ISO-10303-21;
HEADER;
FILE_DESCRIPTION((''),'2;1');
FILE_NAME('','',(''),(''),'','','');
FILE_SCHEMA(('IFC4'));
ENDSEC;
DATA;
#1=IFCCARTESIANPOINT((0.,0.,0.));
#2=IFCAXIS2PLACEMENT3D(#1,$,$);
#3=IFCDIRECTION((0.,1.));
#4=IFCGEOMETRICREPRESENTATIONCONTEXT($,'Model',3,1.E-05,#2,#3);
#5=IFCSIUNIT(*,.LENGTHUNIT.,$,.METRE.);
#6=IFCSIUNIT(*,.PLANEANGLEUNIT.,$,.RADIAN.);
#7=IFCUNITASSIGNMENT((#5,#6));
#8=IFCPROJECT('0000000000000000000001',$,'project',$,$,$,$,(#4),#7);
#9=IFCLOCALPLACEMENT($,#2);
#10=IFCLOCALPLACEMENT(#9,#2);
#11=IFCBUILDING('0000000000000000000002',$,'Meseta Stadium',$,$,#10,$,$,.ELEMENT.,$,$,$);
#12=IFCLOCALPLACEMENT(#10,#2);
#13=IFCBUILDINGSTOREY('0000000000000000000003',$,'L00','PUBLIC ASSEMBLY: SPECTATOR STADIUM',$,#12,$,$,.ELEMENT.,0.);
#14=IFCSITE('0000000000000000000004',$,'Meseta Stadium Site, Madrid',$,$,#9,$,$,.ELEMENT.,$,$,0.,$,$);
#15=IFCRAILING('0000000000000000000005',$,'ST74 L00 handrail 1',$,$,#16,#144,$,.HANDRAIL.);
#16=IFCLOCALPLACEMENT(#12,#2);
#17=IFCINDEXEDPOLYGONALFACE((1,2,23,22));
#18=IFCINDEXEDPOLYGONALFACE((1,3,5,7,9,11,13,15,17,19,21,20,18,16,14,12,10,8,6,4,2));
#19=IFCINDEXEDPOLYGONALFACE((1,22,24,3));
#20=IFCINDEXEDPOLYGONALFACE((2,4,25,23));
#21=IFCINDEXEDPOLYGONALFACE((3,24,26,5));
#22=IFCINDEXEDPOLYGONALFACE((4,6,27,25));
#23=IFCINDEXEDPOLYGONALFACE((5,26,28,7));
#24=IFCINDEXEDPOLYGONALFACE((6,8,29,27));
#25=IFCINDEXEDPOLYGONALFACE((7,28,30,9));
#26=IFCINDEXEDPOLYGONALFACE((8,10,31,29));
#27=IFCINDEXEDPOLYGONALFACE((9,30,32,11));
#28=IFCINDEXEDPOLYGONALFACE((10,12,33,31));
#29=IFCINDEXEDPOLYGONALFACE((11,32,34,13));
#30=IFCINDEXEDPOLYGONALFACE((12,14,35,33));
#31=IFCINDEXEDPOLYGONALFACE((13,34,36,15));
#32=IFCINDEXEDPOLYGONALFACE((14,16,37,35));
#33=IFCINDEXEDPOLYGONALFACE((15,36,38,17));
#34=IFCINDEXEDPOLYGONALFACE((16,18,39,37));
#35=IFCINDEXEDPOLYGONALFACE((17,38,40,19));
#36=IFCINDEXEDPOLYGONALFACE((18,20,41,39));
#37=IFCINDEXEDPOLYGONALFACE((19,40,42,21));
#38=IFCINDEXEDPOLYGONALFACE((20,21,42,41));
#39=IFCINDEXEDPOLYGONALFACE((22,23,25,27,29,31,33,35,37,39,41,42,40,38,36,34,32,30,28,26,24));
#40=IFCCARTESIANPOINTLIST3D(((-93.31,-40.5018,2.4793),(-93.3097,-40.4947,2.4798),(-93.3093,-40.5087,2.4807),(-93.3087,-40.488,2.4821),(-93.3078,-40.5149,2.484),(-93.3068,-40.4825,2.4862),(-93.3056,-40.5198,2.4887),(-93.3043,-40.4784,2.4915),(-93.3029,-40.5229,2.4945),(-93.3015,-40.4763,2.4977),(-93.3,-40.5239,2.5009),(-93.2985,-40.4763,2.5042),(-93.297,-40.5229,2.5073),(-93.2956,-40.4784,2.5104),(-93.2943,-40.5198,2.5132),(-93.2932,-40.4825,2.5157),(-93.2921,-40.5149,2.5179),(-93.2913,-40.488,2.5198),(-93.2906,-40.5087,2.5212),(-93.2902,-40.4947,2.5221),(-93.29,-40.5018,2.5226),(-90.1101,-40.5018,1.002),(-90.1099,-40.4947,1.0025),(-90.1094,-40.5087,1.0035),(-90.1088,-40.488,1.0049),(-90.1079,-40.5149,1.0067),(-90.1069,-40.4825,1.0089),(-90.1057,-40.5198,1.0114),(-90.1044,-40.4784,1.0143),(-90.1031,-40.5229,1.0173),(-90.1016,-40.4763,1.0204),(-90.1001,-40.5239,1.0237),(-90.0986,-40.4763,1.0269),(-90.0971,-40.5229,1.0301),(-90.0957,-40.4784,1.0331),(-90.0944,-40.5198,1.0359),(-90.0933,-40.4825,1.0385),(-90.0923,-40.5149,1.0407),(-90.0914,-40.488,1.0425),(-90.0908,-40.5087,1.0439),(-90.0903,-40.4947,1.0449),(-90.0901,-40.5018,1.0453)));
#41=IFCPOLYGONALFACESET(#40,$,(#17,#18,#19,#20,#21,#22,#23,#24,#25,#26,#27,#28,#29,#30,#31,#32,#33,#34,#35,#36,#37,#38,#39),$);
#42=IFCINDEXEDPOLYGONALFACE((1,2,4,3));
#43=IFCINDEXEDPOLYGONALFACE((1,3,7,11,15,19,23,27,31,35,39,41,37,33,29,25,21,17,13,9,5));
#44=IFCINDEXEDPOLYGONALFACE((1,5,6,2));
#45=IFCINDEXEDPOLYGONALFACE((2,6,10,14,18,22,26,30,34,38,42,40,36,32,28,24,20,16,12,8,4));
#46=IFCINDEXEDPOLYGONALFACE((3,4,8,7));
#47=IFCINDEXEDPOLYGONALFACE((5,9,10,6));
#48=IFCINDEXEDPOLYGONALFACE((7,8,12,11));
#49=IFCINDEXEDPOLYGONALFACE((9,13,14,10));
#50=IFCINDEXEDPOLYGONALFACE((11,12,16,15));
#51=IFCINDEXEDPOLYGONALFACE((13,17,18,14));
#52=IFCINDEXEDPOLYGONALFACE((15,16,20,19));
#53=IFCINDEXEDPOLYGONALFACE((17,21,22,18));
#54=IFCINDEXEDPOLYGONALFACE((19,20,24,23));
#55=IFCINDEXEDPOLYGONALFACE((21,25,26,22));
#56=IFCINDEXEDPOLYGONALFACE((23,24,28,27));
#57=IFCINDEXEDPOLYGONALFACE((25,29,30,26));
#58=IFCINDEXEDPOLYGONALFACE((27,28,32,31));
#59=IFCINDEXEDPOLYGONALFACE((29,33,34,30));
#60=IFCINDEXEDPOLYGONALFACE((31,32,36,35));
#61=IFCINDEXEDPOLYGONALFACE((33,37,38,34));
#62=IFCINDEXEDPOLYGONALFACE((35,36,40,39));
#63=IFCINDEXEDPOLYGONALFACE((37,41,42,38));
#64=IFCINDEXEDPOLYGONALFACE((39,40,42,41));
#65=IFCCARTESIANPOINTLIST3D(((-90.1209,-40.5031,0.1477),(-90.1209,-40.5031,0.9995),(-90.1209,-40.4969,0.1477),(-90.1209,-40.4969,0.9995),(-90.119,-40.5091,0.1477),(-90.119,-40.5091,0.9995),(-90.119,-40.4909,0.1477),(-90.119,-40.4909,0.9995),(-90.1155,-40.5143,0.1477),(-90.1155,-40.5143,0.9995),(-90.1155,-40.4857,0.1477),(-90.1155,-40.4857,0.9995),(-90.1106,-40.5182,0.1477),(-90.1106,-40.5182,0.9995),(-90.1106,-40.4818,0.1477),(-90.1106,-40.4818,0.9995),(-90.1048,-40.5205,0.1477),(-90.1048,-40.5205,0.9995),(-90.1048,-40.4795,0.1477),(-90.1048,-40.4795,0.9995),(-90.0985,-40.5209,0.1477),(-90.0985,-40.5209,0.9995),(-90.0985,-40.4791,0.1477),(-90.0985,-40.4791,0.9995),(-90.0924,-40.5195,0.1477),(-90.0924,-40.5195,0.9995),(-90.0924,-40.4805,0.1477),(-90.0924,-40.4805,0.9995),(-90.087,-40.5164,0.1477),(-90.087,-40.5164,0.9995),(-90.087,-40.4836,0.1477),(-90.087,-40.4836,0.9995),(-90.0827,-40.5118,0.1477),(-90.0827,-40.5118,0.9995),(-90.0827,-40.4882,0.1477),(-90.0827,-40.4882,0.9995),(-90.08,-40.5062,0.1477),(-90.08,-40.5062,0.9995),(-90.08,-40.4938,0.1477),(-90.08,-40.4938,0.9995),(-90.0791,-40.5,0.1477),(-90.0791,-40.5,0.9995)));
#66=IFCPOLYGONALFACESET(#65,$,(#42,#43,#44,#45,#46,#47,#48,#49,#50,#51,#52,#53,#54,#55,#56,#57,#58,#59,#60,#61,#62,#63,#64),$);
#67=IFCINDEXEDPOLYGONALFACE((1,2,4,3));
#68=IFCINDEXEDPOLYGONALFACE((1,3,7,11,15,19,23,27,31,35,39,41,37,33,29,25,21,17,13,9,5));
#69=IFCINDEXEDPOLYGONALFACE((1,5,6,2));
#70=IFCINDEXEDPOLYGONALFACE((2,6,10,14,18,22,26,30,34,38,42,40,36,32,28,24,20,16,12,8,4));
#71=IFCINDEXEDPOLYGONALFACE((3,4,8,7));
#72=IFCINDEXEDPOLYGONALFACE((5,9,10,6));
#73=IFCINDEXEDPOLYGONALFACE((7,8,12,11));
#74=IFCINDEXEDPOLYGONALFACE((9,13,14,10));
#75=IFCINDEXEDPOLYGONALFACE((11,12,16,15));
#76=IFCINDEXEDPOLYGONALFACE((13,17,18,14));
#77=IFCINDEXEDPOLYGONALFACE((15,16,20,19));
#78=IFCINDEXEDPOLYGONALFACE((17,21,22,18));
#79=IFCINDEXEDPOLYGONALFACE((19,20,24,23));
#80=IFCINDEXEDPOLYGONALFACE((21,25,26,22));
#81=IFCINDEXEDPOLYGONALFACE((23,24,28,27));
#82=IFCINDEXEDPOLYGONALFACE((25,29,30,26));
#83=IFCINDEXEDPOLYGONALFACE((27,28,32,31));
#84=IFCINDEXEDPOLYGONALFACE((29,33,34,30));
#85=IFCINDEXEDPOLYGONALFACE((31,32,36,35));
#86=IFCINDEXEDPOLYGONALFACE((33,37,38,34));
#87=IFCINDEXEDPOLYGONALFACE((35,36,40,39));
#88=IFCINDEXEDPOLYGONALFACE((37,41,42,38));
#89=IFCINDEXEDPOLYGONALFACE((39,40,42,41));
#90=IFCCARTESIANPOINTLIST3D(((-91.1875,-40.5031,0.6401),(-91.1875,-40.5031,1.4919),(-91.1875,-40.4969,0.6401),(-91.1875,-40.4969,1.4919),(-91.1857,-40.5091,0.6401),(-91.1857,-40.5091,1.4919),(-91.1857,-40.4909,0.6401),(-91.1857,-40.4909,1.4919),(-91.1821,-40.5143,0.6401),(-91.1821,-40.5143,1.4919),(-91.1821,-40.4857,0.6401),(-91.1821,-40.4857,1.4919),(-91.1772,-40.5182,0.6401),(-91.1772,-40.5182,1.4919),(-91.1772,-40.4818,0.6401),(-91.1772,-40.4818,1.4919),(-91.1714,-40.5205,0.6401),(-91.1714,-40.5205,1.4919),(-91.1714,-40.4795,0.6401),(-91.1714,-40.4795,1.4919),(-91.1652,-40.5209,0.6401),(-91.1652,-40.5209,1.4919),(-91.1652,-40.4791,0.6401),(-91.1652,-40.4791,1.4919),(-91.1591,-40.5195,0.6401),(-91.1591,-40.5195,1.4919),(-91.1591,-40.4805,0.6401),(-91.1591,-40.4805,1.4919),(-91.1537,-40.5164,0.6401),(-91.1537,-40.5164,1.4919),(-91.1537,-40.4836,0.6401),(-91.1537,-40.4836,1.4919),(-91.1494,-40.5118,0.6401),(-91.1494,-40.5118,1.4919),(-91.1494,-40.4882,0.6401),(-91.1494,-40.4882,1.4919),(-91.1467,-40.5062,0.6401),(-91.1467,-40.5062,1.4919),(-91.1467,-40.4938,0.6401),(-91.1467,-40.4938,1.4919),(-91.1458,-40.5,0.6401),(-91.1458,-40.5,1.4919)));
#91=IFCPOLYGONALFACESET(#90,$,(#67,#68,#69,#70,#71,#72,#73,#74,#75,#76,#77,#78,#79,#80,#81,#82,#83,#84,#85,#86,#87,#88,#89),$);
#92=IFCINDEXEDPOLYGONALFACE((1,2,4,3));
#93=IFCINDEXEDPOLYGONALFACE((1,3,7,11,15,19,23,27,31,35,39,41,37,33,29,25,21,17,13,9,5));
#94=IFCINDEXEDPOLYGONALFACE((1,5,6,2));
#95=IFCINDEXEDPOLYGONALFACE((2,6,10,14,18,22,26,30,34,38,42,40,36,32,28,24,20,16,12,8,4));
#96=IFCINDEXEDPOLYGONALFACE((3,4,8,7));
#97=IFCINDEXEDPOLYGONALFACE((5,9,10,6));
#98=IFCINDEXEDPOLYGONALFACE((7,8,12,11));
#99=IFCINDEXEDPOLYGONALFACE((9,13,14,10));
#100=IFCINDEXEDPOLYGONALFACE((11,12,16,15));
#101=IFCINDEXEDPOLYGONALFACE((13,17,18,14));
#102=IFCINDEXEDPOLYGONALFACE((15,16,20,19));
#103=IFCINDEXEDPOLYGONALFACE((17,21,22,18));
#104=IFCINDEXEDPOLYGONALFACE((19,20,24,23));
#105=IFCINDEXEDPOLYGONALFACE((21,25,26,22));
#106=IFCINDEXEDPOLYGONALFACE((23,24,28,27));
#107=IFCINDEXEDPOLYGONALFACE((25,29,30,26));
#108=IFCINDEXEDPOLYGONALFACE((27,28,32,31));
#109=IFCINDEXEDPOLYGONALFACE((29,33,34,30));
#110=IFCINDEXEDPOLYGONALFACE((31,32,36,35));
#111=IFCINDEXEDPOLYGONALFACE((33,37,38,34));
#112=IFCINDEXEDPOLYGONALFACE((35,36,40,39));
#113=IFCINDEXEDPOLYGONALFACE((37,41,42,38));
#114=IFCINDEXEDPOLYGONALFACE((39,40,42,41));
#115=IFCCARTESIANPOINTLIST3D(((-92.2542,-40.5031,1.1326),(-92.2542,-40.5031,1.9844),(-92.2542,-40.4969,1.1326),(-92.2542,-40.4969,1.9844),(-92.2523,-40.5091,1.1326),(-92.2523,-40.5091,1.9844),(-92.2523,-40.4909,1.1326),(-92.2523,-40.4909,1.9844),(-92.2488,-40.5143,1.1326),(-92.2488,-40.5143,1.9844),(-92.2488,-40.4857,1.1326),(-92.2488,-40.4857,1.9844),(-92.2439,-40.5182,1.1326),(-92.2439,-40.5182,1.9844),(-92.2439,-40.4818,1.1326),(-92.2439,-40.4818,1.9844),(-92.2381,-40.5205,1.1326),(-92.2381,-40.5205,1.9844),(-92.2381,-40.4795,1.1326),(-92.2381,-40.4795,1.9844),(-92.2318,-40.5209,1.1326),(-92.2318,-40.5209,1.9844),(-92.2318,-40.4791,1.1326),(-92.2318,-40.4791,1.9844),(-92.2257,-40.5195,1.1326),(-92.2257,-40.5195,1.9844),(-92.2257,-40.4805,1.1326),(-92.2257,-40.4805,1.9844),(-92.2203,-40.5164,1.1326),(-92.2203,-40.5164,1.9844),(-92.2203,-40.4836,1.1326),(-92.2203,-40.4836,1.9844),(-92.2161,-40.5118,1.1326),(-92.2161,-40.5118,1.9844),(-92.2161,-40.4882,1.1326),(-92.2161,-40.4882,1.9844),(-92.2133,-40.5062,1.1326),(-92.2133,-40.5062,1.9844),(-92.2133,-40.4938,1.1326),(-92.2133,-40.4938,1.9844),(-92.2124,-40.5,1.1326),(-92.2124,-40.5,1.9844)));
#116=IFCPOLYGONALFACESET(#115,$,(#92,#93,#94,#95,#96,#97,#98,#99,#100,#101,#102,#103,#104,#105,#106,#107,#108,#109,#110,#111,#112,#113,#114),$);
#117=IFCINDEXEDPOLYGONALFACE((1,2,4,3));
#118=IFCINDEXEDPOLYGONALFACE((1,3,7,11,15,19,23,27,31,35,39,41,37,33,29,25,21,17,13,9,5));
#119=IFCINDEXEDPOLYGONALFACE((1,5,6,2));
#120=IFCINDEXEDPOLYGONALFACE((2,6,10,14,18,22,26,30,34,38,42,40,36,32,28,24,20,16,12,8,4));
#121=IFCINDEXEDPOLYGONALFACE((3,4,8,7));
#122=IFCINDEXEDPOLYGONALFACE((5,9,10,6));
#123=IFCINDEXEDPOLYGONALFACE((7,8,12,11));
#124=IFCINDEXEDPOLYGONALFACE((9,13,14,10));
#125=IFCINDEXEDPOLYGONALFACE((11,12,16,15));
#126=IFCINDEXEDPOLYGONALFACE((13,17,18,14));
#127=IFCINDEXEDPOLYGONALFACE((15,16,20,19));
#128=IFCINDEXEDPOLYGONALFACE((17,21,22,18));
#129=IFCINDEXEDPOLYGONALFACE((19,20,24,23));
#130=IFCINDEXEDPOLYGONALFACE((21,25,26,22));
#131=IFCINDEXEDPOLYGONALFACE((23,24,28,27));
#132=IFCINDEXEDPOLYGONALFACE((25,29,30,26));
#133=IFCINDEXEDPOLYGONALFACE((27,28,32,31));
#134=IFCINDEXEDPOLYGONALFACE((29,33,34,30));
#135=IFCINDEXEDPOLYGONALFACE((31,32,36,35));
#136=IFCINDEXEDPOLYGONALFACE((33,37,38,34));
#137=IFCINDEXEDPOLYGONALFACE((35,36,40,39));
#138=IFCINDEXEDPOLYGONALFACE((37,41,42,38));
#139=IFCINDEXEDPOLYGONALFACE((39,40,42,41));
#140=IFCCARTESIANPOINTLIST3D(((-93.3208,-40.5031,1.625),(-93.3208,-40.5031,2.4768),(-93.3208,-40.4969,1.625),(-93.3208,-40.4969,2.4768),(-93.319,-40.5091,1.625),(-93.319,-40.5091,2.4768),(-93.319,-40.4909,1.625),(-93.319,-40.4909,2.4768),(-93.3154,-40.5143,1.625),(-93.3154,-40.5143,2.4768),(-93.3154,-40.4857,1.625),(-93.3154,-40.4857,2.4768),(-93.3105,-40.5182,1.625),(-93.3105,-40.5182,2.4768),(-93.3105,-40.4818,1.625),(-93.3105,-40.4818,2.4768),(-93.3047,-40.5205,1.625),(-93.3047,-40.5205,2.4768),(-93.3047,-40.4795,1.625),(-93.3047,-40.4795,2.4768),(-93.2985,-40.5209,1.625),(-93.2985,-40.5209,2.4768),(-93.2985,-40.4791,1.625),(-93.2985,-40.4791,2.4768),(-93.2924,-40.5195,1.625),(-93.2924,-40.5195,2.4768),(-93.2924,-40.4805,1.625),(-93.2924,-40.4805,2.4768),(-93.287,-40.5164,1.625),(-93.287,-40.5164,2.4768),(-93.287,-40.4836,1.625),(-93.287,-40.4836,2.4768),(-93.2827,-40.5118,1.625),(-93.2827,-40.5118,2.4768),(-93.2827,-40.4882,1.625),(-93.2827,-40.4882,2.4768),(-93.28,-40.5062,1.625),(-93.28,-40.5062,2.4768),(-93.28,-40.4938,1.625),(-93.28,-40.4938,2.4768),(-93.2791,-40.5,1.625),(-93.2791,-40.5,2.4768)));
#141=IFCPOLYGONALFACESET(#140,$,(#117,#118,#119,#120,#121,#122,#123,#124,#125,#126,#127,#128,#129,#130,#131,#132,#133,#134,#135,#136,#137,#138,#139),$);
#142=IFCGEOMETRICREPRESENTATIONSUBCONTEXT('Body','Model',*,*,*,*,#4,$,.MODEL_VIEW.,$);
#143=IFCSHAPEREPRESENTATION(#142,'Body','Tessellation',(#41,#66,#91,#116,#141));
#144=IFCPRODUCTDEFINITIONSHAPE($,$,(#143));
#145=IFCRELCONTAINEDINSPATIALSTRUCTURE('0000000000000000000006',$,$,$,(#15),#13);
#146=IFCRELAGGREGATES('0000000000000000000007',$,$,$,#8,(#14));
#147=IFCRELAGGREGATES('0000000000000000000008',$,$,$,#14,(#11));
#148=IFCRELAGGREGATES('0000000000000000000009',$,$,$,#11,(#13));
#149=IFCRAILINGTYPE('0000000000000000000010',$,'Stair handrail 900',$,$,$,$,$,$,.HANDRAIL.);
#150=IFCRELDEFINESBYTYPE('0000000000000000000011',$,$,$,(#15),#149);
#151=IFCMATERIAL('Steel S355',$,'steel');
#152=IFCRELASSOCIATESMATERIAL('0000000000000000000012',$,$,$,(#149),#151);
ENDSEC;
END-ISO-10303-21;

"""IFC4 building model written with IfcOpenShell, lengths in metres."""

from ifc_helpers import new_model, si_unit, direction, frame, origin, origin_2d, place, context, subcontext, project, spatial, circle, extrude, material, type_object, element, save


model = new_model("IFC4")

# Units and contexts
model_context = context("Model", 3, precision=1e-05, world=origin(), true_north=direction((0.0, 1.0)))
body_context = subcontext(model_context, "Body", "Model", "MODEL_VIEW")
ifc_project = project(units=[si_unit("LENGTHUNIT", "METRE"), si_unit("PLANEANGLEUNIT", "RADIAN")], contexts=[model_context])

# Site, building, storey
site_placement = place(None, origin())
site = spatial("IfcSite", under=ifc_project, at=site_placement, Name="Meseta Stadium Site, Madrid", CompositionType="ELEMENT", RefElevation=0.0)
building_placement = place(site_placement, origin())
building = spatial("IfcBuilding", under=site, at=building_placement, Name="Meseta Stadium", CompositionType="ELEMENT")
storey_placement = place(building_placement, origin())
storey = spatial("IfcBuildingStorey", under=building, at=storey_placement, Name="L00", Description="PUBLIC ASSEMBLY: SPECTATOR STADIUM", CompositionType="ELEMENT", Elevation=0.0)

# Railing
ifc_material_1 = material(Name="Steel S355", Category="steel")
railing_type_1 = type_object("IfcRailingType", Name="Stair handrail 900", PredefinedType="HANDRAIL", material=ifc_material_1)
for number, where, name in (
    (1, (-90.1001, -40.5, 0.1477), "ST74 L00 handrail 1"),
):
    element("IfcRailing", number, at=place(storey_placement, frame(where)), inside=storey, type_object=railing_type_1, Name=name, PredefinedType="HANDRAIL", context=body_context, shape_type="SweptSolid", body=[
        extrude(circle(Radius=0.0239, at=origin_2d()), frame((0.0, 0.0, 0.876), z_axis=(-0.907917, 0.0, 0.41915), x_axis=(0.0, -1.0, 0.0)), (0.0, 0.0, 1.0), 3.5244),
        extrude(circle(Radius=0.021, at=origin_2d()), origin(), (0.0, 0.0, 1.0), 0.8518),
        extrude(circle(Radius=0.021, at=origin_2d()), frame((-1.0667, 0.0, 0.4924)), (0.0, 0.0, 1.0), 0.8518),
        extrude(circle(Radius=0.021, at=origin_2d()), frame((-2.1333, 0.0, 0.9849)), (0.0, 0.0, 1.0), 0.8518),
        extrude(circle(Radius=0.021, at=origin_2d()), frame((-3.2, 0.0, 1.4773)), (0.0, 0.0, 1.0), 0.8518),
    ])

save(model, "model.ifc")
